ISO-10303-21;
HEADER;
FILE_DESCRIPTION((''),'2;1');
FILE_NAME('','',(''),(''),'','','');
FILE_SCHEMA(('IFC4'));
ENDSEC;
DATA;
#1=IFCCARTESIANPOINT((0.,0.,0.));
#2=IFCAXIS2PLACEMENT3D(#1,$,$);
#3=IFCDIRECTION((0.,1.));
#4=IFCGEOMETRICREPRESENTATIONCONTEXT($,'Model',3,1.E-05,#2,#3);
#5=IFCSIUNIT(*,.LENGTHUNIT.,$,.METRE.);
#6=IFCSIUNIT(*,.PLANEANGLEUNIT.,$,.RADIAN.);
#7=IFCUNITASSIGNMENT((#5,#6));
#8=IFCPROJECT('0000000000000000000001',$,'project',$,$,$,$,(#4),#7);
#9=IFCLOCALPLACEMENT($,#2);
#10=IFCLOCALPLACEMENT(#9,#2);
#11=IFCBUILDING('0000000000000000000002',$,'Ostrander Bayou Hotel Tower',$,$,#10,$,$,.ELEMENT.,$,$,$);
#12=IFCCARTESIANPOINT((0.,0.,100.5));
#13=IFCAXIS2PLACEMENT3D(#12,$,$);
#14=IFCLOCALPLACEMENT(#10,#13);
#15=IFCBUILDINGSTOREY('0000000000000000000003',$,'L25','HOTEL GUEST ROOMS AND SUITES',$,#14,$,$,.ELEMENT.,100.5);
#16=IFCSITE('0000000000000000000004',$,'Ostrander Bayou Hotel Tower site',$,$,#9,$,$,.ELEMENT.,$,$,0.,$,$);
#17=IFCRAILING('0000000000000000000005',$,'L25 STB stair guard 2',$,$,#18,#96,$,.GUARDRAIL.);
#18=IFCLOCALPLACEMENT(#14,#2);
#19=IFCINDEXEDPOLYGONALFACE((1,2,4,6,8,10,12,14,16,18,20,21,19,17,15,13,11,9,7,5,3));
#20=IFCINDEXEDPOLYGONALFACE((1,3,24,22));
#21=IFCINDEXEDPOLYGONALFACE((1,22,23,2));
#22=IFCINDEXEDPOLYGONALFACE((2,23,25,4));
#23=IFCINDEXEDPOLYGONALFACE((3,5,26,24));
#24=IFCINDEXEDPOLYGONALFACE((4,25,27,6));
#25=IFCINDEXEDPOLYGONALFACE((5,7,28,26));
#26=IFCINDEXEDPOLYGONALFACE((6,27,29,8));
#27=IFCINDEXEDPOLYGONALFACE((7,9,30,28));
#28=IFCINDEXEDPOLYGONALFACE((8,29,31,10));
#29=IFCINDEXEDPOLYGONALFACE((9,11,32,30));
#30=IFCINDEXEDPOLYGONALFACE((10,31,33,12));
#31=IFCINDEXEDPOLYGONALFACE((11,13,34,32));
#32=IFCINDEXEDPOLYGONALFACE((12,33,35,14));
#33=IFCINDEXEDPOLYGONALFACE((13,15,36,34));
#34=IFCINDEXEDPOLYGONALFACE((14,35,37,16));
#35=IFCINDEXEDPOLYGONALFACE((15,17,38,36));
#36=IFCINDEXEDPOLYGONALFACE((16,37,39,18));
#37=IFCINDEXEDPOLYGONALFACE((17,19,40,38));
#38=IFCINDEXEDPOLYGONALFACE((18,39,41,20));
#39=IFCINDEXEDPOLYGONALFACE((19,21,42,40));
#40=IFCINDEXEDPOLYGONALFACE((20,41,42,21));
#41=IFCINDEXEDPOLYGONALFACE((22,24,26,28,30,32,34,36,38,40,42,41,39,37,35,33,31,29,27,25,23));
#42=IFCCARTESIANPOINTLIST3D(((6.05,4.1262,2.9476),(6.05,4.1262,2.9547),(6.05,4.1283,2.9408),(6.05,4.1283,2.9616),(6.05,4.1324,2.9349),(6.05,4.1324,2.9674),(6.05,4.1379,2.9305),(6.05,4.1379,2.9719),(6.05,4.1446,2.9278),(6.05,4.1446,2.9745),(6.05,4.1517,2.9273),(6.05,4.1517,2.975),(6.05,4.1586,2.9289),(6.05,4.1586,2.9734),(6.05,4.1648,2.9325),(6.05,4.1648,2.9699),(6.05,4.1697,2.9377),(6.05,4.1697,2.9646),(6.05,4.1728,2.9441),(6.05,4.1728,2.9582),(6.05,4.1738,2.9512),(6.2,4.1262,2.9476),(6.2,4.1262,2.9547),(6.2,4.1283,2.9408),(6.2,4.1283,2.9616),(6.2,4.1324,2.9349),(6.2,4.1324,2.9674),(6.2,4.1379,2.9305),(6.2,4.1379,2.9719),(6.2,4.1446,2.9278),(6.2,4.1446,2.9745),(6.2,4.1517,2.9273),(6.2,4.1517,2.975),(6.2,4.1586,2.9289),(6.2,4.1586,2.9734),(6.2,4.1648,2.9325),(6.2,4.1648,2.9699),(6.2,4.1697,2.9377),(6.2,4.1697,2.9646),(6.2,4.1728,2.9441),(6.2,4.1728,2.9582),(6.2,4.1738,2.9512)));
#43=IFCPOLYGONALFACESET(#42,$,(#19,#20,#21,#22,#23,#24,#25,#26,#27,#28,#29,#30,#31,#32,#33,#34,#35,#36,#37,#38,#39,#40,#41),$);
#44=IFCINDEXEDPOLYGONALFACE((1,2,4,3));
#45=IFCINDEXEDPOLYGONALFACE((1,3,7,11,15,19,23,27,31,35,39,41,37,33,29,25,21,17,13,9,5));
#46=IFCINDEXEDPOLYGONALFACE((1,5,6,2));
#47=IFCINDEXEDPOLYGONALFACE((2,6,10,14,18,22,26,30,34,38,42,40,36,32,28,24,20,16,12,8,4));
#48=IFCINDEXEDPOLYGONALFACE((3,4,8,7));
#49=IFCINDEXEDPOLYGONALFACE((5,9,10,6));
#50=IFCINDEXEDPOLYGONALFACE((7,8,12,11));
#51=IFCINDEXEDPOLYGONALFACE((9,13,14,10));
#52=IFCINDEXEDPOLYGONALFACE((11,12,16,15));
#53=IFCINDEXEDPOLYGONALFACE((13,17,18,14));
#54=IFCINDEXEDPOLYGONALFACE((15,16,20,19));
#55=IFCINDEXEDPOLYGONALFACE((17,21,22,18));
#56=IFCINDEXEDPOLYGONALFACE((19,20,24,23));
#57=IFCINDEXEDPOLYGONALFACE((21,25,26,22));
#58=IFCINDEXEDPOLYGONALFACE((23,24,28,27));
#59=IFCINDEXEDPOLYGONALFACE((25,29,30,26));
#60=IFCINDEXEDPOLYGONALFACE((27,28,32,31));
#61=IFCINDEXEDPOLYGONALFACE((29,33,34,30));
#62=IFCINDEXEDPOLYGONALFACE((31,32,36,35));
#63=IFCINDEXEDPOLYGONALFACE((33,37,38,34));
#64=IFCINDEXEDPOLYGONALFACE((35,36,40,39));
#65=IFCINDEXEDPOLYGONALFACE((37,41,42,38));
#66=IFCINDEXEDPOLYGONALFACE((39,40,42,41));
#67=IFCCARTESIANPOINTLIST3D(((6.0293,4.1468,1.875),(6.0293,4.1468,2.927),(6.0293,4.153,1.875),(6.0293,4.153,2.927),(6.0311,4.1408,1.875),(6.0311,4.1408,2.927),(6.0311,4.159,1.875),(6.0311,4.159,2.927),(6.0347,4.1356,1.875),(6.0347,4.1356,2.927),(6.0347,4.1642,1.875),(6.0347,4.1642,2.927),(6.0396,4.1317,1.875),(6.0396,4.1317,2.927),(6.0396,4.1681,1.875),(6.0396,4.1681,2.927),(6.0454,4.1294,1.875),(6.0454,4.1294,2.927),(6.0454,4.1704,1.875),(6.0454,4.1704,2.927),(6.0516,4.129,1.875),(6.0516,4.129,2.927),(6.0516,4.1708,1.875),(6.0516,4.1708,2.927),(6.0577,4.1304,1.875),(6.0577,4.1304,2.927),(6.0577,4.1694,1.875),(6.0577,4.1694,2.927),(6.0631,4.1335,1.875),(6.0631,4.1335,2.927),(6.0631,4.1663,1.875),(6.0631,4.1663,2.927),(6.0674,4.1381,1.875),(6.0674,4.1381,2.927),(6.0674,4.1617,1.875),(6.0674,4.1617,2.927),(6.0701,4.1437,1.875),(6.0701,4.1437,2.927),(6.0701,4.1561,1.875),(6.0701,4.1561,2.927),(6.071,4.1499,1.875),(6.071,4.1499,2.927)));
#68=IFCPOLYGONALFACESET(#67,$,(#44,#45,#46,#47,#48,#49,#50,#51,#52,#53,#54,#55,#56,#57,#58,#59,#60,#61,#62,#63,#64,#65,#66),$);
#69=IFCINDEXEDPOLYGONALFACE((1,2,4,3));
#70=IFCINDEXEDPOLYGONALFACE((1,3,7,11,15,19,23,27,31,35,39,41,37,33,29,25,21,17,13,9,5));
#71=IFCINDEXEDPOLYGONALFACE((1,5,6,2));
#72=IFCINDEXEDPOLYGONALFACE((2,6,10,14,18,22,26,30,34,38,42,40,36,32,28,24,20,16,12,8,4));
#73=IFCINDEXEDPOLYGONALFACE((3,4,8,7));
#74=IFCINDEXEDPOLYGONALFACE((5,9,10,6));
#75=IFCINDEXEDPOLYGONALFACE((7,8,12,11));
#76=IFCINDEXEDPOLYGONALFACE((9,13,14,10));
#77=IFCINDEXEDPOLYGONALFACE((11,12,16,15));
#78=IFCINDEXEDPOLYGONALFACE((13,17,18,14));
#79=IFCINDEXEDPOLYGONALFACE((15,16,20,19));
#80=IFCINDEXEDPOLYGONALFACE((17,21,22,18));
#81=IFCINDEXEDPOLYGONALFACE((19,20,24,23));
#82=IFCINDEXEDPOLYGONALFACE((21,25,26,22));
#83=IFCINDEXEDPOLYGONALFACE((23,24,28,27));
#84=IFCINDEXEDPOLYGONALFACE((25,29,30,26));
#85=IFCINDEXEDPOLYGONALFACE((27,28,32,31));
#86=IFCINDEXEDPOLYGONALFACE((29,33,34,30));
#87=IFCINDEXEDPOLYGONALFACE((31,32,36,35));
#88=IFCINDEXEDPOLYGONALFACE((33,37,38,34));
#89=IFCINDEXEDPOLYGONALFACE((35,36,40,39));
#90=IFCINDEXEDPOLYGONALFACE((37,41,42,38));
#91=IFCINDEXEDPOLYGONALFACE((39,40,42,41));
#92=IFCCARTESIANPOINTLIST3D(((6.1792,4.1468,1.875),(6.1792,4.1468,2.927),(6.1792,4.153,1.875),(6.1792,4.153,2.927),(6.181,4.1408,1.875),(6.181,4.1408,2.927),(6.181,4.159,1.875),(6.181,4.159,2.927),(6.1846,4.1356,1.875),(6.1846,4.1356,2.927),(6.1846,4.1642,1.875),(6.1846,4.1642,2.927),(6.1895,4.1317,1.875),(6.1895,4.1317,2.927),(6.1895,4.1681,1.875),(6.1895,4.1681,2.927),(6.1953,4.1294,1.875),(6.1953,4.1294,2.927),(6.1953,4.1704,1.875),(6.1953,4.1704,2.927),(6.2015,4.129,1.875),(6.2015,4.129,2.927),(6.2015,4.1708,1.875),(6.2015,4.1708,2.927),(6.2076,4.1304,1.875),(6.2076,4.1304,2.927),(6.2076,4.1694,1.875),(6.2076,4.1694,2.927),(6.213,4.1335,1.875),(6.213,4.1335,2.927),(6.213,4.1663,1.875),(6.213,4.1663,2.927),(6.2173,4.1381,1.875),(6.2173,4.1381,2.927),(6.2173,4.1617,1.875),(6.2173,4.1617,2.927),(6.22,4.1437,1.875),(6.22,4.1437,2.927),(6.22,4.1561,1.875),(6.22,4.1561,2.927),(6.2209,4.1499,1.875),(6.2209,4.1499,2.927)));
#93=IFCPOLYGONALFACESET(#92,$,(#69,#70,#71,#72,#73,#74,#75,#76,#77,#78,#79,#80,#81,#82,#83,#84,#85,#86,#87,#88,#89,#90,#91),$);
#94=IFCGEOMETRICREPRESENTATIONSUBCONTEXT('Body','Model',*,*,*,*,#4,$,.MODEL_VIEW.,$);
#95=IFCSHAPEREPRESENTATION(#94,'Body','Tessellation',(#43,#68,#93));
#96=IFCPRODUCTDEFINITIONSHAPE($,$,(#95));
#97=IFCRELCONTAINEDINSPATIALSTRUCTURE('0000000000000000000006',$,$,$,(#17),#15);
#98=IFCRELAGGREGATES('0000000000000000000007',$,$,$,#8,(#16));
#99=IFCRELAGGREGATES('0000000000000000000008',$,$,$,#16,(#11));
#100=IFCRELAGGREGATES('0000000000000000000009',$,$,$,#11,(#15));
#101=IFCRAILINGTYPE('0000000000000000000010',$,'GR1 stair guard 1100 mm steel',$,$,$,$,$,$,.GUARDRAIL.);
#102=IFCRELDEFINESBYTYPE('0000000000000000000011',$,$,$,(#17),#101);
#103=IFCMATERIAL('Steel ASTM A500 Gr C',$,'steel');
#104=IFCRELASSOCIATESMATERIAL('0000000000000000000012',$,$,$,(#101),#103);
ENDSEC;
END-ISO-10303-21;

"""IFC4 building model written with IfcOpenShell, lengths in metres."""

from ifc_helpers import new_model, si_unit, direction, frame, origin, origin_2d, place, context, subcontext, project, spatial, circle, extrude, material, type_object, element, save


model = new_model("IFC4")

# Units and contexts
model_context = context("Model", 3, precision=1e-05, world=origin(), true_north=direction((0.0, 1.0)))
body_context = subcontext(model_context, "Body", "Model", "MODEL_VIEW")
ifc_project = project(units=[si_unit("LENGTHUNIT", "METRE"), si_unit("PLANEANGLEUNIT", "RADIAN")], contexts=[model_context])

# Site, building, storey
site_placement = place(None, origin())
site = spatial("IfcSite", under=ifc_project, at=site_placement, Name="Ostrander Bayou Hotel Tower site", CompositionType="ELEMENT", RefElevation=0.0)
building_placement = place(site_placement, origin())
building = spatial("IfcBuilding", under=site, at=building_placement, Name="Ostrander Bayou Hotel Tower", CompositionType="ELEMENT")
storey_placement = place(building_placement, frame((0.0, 0.0, 100.5)))
storey = spatial("IfcBuildingStorey", under=building, at=storey_placement, Name="L25", Description="HOTEL GUEST ROOMS AND SUITES", CompositionType="ELEMENT", Elevation=100.5)

# Railing
ifc_material_1 = material(Name="Steel ASTM A500 Gr C", Category="steel")
railing_type_1 = type_object("IfcRailingType", Name="GR1 stair guard 1100 mm steel", PredefinedType="GUARDRAIL", material=ifc_material_1)
railing_1_placement = place(storey_placement, frame((6.05, 4.1499, 1.875)))
element("IfcRailing", 1, at=railing_1_placement, inside=storey, type_object=railing_type_1, Name="L25 STB stair guard 2", PredefinedType="GUARDRAIL", context=body_context, shape_type="SweptSolid", body=[
    extrude(circle(Radius=0.0239, at=origin_2d()), frame((0.0, 0.0, 1.0762), z_axis=(1.0, 0.0, 0.0), x_axis=(0.0, 1.0, 0.0)), (0.0, 0.0, 1.0), 0.1499),
    extrude(circle(Radius=0.021, at=origin_2d()), origin(), (0.0, 0.0, 1.0), 1.052),
    extrude(circle(Radius=0.021, at=origin_2d()), frame((0.1499, 0.0, 0.0)), (0.0, 0.0, 1.0), 1.052),
])

save(model, "model.ifc")
